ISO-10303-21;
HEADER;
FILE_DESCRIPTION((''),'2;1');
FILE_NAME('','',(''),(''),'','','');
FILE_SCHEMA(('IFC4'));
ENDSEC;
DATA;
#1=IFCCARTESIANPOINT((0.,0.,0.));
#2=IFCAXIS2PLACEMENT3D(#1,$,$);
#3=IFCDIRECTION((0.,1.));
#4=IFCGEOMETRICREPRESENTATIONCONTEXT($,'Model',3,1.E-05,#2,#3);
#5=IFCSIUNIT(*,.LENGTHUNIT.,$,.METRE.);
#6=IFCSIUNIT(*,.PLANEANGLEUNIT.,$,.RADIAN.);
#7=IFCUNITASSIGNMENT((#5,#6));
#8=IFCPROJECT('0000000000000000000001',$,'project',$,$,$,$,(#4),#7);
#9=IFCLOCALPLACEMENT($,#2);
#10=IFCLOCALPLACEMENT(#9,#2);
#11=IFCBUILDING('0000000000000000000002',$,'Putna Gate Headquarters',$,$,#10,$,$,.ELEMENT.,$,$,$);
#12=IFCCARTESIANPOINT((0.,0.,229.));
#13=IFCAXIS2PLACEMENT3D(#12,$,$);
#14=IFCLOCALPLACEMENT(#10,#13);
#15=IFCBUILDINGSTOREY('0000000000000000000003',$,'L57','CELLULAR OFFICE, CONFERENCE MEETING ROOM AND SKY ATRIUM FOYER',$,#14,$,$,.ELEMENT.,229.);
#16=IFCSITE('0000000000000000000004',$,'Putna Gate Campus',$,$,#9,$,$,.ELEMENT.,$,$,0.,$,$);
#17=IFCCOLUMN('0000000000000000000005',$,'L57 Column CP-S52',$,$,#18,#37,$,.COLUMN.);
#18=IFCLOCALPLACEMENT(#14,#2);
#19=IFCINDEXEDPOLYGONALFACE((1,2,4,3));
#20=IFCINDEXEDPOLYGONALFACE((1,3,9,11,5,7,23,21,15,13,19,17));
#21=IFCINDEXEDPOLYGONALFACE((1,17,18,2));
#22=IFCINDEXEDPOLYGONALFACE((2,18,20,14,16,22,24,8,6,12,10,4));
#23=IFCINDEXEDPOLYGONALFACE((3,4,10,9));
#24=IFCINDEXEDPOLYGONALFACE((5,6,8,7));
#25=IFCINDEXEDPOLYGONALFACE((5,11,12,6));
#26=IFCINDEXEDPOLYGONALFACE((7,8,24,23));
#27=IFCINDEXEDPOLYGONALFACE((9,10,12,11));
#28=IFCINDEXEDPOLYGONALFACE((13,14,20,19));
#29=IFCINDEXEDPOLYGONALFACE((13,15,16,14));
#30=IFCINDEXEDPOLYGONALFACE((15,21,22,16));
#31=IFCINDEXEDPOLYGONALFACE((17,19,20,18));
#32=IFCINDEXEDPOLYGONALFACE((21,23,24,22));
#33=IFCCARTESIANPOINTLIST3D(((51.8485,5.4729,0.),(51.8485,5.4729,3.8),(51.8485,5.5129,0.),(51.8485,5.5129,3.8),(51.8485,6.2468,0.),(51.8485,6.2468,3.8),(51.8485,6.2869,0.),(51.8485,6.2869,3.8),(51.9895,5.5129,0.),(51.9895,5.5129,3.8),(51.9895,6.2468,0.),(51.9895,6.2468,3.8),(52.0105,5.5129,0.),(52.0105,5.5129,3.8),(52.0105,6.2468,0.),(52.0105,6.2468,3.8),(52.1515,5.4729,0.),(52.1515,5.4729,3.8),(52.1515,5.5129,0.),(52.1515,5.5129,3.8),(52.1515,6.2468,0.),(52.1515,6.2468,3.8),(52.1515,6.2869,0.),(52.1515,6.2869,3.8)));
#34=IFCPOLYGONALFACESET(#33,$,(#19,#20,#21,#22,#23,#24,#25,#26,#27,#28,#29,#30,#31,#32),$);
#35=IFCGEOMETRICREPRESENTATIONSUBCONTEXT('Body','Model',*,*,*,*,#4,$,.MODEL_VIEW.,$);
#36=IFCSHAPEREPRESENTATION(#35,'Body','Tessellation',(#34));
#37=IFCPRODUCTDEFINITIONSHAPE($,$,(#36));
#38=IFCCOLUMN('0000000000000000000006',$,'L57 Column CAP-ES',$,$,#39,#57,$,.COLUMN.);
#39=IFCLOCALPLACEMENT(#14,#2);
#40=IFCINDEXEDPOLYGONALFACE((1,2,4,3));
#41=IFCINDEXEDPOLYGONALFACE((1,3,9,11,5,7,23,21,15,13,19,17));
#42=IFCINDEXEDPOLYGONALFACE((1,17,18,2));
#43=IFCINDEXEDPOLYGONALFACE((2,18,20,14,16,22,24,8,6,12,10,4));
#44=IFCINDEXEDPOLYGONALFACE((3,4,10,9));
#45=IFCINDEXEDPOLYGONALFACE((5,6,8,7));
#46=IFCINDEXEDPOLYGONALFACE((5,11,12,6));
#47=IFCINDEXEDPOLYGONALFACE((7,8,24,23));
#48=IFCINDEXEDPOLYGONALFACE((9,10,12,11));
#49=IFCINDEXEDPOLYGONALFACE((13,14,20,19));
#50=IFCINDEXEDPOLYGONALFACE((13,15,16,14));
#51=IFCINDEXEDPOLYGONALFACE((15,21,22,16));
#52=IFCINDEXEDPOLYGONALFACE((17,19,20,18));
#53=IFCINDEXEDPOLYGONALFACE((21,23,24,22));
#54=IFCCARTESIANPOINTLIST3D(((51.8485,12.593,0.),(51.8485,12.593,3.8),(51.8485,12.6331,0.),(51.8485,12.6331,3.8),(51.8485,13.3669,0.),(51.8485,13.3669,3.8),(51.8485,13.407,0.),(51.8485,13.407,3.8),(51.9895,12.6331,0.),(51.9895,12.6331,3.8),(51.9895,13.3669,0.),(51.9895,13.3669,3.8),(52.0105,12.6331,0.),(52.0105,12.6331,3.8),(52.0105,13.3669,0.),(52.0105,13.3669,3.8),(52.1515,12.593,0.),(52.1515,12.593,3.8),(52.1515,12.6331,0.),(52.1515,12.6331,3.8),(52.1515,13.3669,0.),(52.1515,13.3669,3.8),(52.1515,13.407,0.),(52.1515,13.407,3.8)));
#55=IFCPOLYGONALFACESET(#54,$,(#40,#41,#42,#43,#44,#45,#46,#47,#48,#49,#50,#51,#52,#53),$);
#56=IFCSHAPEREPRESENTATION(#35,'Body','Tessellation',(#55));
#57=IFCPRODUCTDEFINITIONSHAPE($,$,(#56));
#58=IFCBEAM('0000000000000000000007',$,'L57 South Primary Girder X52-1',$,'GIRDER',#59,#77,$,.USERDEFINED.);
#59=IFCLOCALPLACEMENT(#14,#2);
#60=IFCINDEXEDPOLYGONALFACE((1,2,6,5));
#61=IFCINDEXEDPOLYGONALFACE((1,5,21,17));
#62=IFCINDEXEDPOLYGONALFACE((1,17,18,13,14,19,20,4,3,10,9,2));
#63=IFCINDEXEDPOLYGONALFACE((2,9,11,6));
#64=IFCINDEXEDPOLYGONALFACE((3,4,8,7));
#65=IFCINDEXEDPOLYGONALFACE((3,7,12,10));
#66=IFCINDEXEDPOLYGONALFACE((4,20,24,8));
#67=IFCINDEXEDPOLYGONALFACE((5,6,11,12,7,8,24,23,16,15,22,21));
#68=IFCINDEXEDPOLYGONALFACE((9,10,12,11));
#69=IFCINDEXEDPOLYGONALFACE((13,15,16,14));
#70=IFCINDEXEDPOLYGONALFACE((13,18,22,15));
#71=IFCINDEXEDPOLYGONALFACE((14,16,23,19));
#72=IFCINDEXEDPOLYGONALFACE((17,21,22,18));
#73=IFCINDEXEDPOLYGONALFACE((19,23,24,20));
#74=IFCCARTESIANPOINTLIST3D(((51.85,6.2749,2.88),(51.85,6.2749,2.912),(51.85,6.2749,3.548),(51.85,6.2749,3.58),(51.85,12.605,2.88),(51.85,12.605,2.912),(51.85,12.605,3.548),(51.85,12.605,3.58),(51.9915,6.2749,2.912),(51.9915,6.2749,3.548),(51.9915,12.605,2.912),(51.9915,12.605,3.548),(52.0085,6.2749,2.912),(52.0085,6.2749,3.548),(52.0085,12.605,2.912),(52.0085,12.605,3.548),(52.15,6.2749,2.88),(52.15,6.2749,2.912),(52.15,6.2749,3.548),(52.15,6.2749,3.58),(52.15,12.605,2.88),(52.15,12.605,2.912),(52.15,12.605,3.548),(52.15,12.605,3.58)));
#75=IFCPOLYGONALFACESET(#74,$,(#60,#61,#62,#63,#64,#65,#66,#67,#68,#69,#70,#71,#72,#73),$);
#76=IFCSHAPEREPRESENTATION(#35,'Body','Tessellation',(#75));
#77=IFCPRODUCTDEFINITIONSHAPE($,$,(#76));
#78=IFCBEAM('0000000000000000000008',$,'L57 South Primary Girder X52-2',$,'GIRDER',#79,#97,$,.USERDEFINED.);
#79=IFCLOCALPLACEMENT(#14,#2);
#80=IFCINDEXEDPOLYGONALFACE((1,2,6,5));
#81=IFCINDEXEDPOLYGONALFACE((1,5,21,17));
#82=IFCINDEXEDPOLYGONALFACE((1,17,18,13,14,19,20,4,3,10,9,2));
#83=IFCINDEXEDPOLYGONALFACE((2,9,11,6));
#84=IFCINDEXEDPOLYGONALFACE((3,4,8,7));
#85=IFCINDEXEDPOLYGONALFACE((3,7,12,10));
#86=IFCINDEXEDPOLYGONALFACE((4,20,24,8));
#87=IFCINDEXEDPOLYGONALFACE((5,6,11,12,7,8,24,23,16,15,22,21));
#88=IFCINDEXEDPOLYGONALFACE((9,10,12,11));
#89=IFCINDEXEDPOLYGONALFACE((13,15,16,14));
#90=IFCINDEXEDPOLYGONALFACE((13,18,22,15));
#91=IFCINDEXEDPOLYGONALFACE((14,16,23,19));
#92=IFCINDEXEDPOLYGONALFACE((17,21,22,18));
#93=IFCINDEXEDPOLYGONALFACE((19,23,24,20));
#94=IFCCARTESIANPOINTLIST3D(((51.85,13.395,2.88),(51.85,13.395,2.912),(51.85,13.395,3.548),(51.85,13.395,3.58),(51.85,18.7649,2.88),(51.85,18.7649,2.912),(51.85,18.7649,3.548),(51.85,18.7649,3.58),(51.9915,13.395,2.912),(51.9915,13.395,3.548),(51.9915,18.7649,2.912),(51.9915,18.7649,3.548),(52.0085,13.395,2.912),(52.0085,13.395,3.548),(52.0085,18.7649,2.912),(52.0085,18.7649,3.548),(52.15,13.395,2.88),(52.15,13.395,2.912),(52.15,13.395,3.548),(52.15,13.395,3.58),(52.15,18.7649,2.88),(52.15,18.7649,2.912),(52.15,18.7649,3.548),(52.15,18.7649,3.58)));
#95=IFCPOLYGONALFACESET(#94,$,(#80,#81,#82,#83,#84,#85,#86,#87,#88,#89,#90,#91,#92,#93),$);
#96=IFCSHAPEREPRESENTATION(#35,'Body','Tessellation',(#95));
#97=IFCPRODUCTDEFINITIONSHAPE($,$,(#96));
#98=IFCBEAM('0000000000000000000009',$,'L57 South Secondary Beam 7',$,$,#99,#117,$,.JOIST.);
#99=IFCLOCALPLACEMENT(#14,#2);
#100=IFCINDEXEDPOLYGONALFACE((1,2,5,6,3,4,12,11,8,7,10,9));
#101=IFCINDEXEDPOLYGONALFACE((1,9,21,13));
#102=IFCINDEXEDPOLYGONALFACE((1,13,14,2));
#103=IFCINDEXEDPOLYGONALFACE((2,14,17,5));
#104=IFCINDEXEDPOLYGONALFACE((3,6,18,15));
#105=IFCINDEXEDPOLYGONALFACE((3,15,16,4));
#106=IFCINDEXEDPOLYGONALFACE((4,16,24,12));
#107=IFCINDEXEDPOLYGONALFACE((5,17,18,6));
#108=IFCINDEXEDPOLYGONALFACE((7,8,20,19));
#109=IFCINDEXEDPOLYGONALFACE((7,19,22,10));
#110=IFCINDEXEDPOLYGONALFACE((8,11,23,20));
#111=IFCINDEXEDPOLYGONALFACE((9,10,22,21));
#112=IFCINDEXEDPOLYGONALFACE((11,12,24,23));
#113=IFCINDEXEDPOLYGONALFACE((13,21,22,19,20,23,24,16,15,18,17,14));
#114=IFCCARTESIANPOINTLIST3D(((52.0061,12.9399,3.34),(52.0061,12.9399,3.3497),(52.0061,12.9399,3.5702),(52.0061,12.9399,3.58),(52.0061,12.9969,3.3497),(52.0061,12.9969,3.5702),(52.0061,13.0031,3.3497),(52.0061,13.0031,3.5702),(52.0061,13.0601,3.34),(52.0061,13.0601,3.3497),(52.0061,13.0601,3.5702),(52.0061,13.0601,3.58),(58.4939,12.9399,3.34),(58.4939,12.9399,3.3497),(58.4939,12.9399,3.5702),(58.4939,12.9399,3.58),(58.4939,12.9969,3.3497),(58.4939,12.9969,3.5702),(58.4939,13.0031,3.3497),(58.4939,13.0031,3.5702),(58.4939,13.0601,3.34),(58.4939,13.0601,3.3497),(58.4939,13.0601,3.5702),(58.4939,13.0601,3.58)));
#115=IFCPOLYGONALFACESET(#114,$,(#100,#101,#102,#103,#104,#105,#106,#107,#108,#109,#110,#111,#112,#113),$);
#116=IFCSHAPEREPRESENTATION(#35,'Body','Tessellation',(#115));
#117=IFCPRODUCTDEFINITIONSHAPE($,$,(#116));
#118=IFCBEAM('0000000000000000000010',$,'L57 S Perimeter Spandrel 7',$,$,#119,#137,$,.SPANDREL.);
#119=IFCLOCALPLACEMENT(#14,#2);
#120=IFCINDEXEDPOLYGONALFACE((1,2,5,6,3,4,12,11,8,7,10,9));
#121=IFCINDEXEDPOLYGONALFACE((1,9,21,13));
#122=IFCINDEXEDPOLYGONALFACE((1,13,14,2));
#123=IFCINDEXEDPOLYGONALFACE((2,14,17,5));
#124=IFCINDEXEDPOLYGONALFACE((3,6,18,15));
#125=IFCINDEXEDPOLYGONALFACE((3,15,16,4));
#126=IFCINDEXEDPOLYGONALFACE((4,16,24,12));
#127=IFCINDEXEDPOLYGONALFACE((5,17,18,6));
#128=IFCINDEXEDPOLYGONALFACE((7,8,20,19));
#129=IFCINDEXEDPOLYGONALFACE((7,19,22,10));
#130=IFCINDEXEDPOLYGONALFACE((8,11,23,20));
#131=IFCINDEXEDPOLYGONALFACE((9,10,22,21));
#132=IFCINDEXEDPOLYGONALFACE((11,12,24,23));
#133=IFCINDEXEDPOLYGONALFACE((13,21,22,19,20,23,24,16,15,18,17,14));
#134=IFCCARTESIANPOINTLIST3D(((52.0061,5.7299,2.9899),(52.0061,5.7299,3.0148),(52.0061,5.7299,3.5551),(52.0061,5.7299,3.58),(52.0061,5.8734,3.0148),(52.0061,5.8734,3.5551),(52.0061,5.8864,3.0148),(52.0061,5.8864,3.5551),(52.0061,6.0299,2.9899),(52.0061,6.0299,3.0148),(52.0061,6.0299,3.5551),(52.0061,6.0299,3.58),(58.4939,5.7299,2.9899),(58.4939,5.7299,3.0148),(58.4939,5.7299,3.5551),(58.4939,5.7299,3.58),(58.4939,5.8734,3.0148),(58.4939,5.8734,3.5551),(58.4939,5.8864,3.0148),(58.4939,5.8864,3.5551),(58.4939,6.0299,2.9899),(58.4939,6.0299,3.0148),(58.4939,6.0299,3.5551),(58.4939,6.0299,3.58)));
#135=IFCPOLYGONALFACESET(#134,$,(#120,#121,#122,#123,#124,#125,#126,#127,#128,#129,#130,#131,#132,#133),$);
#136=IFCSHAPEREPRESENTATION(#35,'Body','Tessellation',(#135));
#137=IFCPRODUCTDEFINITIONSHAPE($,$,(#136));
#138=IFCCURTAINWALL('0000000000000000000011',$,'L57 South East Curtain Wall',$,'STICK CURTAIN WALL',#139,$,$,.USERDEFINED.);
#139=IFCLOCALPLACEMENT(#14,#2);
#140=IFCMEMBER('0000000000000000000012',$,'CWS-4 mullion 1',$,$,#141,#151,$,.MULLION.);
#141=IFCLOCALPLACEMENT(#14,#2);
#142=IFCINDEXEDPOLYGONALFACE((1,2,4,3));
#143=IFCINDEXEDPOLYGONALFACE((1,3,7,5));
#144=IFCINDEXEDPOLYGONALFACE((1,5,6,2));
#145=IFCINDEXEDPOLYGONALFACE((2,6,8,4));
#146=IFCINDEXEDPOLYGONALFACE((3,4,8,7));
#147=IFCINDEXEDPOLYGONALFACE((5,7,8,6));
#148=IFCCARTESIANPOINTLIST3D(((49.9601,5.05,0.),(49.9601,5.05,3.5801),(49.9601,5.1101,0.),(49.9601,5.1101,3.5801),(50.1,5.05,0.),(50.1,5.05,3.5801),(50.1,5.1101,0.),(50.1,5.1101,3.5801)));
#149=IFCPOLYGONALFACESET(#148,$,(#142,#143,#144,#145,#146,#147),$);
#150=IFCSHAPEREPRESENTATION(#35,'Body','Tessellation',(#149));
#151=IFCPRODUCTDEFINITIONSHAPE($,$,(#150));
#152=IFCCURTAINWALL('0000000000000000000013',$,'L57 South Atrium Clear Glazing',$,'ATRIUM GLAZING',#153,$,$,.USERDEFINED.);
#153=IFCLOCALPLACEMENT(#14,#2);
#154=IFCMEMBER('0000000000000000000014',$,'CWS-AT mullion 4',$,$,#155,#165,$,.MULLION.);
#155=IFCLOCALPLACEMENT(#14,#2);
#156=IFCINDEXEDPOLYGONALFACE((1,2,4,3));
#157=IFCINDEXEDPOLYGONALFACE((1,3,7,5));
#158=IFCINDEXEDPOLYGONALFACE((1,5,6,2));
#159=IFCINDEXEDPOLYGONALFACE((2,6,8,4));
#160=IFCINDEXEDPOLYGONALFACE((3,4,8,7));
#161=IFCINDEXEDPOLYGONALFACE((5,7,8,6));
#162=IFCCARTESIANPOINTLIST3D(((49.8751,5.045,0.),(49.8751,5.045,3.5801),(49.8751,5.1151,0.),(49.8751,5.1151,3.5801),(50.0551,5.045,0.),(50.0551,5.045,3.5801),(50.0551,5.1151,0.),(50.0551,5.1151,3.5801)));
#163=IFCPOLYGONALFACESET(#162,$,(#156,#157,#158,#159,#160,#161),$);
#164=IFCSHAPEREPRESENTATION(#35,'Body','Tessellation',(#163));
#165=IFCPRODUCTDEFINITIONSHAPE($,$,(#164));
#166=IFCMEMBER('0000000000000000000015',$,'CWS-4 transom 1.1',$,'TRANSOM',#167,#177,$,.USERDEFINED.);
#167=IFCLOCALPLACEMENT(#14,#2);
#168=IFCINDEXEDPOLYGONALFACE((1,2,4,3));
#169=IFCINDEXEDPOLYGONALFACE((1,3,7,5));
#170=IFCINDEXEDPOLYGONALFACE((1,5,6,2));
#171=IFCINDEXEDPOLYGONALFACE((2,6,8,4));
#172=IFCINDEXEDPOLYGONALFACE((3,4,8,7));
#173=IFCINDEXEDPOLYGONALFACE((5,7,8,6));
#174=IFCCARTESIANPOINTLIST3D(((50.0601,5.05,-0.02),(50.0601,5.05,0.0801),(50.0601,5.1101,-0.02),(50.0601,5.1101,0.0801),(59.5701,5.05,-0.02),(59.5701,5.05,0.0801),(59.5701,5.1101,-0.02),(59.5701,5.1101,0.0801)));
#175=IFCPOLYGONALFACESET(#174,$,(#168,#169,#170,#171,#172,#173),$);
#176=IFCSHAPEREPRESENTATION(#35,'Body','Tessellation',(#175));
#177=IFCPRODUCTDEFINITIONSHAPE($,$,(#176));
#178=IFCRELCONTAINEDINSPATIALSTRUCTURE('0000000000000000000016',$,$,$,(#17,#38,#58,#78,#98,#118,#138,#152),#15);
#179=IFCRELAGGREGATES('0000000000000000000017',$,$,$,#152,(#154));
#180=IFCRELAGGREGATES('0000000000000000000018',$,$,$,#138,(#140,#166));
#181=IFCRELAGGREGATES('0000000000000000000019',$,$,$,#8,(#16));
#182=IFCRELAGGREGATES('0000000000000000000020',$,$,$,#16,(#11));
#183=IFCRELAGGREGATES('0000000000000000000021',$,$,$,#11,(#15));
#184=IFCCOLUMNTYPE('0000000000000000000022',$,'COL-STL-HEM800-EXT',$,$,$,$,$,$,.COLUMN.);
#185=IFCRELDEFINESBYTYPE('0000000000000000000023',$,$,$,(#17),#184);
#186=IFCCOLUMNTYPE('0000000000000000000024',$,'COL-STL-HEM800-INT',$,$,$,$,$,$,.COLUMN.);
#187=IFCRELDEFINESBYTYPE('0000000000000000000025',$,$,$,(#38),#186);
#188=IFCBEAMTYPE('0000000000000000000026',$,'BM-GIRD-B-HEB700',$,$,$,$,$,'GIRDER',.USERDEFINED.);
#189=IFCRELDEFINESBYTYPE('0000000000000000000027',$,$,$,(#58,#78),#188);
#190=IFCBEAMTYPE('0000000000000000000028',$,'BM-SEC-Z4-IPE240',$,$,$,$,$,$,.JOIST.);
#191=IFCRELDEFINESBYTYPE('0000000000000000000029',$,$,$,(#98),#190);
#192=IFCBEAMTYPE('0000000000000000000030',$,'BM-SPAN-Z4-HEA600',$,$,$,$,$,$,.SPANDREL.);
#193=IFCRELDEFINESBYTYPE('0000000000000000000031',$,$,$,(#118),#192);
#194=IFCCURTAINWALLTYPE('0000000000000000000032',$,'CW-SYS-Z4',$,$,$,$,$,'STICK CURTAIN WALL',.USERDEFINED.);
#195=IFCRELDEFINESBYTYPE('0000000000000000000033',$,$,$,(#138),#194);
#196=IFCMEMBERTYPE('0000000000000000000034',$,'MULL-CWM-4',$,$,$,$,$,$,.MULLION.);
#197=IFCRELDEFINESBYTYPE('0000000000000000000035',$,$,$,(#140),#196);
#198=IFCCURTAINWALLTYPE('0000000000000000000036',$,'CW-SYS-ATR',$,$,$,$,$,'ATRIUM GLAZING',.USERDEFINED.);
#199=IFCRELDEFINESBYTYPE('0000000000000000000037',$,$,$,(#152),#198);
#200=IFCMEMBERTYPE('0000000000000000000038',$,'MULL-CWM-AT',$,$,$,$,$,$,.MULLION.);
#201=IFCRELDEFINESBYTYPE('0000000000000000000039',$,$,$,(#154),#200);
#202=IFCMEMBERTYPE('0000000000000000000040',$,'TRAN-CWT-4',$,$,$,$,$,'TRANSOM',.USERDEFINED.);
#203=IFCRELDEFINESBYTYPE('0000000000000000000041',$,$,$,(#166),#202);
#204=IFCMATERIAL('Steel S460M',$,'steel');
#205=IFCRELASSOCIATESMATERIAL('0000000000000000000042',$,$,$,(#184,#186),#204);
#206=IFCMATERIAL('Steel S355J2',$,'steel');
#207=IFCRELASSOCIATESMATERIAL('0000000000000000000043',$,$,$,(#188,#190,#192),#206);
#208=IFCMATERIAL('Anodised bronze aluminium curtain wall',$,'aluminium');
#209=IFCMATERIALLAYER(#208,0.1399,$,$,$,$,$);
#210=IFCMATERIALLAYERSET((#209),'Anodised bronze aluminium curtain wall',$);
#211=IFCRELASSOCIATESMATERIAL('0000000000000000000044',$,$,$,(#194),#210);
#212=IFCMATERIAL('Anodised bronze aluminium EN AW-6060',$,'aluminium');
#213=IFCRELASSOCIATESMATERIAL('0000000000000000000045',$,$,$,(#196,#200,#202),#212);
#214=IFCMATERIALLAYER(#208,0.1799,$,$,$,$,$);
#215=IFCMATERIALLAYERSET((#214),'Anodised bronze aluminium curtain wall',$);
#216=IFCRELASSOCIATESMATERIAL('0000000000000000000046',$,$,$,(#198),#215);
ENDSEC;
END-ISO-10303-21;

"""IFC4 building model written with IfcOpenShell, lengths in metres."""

from ifc_helpers import new_model, si_unit, direction, frame, origin, origin_2d, place, context, subcontext, project, spatial, rectangle, i_section, extrude, material, layer, layer_set, material_profile, profile_set, type_object, element, aggregate, save


model = new_model("IFC4")

# Units and contexts
model_context = context("Model", 3, precision=1e-05, world=origin(), true_north=direction((0.0, 1.0)))
body_context = subcontext(model_context, "Body", "Model", "MODEL_VIEW")
ifc_project = project(units=[si_unit("LENGTHUNIT", "METRE"), si_unit("PLANEANGLEUNIT", "RADIAN")], contexts=[model_context])

# Site, building, storey
site_placement = place(None, origin())
site = spatial("IfcSite", under=ifc_project, at=site_placement, Name="Putna Gate Campus", CompositionType="ELEMENT", RefElevation=0.0)
building_placement = place(site_placement, origin())
building = spatial("IfcBuilding", under=site, at=building_placement, Name="Putna Gate Headquarters", CompositionType="ELEMENT")
storey_placement = place(building_placement, frame((0.0, 0.0, 229.0)))
storey = spatial("IfcBuildingStorey", under=building, at=storey_placement, Name="L57", Description="CELLULAR OFFICE, CONFERENCE MEETING ROOM AND SKY ATRIUM FOYER", CompositionType="ELEMENT", Elevation=229.0)

# Columns
ifc_material_1 = material(Name="Steel S460M", Category="steel")
ifc_material_profile_1 = material_profile(ifc_material_1, i_section(OverallWidth=0.303, OverallDepth=0.814, WebThickness=0.021, FlangeThickness=0.04, at=origin_2d()), Name="Steel S460M")
ifc_profile_set_1 = profile_set([ifc_material_profile_1], Name="Steel S460M")
column_type_1 = type_object("IfcColumnType", Name="COL-STL-HEM800-EXT", PredefinedType="COLUMN", material=ifc_profile_set_1)
column_1_placement = place(storey_placement, frame((52.0, 5.8799, 0.0), z_axis=(0.0, 0.0, 1.0), x_axis=(1.0, 0.0, 0.0)))
element("IfcColumn", 1, at=column_1_placement, inside=storey, type_object=column_type_1, Name="L57 Column CP-S52", PredefinedType="COLUMN", context=body_context, shape_type="SweptSolid", body=[
    extrude(i_section(OverallWidth=0.303, OverallDepth=0.814, WebThickness=0.021, FlangeThickness=0.04, at=origin_2d()), origin(), (0.0, 0.0, 1.0), 3.8),
])
ifc_material_profile_2 = material_profile(ifc_material_1, i_section(OverallWidth=0.303, OverallDepth=0.814, WebThickness=0.021, FlangeThickness=0.04, at=origin_2d()), Name="Steel S460M")
ifc_profile_set_2 = profile_set([ifc_material_profile_2], Name="Steel S460M")
column_type_2 = type_object("IfcColumnType", Name="COL-STL-HEM800-INT", PredefinedType="COLUMN", material=ifc_profile_set_2)
column_2_placement = place(storey_placement, frame((52.0, 13.0, 0.0), z_axis=(0.0, 0.0, 1.0), x_axis=(1.0, 0.0, 0.0)))
element("IfcColumn", 2, at=column_2_placement, inside=storey, type_object=column_type_2, Name="L57 Column CAP-ES", PredefinedType="COLUMN", context=body_context, shape_type="SweptSolid", body=[
    extrude(i_section(OverallWidth=0.303, OverallDepth=0.814, WebThickness=0.021, FlangeThickness=0.04, at=origin_2d()), origin(), (0.0, 0.0, 1.0), 3.8),
])

# Beams
ifc_material_2 = material(Name="Steel S355J2", Category="steel")
ifc_material_profile_3 = material_profile(ifc_material_2, i_section(OverallWidth=0.3, OverallDepth=0.7, WebThickness=0.0171, FlangeThickness=0.032, at=origin_2d()), Name="Steel S355J2")
ifc_profile_set_3 = profile_set([ifc_material_profile_3], Name="Steel S355J2")
beam_type_1 = type_object("IfcBeamType", Name="BM-GIRD-B-HEB700", ElementType="GIRDER", PredefinedType="USERDEFINED", material=ifc_profile_set_3)
beam_1_placement = place(storey_placement, frame((52.0, 6.2749, 3.23), z_axis=(0.0, 1.0, 0.0), x_axis=(-1.0, 0.0, 0.0)))
element("IfcBeam", 3, at=beam_1_placement, inside=storey, type_object=beam_type_1, Name="L57 South Primary Girder X52-1", ObjectType="GIRDER", PredefinedType="USERDEFINED", context=body_context, shape_type="SweptSolid", body=[
    extrude(i_section(OverallWidth=0.3, OverallDepth=0.7, WebThickness=0.0171, FlangeThickness=0.032, at=origin_2d()), origin(), (0.0, 0.0, 1.0), 6.3301),
])
beam_2_placement = place(storey_placement, frame((52.0, 13.395, 3.23), z_axis=(0.0, 1.0, 0.0), x_axis=(-1.0, 0.0, 0.0)))
element("IfcBeam", 4, at=beam_2_placement, inside=storey, type_object=beam_type_1, Name="L57 South Primary Girder X52-2", ObjectType="GIRDER", PredefinedType="USERDEFINED", context=body_context, shape_type="SweptSolid", body=[
    extrude(i_section(OverallWidth=0.3, OverallDepth=0.7, WebThickness=0.0171, FlangeThickness=0.032, at=origin_2d()), origin(), (0.0, 0.0, 1.0), 5.3699),
])
ifc_material_profile_4 = material_profile(ifc_material_2, i_section(OverallWidth=0.1201, OverallDepth=0.24, WebThickness=0.0061, FlangeThickness=0.0098, at=origin_2d()), Name="Steel S355J2")
ifc_profile_set_4 = profile_set([ifc_material_profile_4], Name="Steel S355J2")
beam_type_2 = type_object("IfcBeamType", Name="BM-SEC-Z4-IPE240", PredefinedType="JOIST", material=ifc_profile_set_4)
beam_3_placement = place(storey_placement, frame((52.0061, 13.0, 3.46), z_axis=(1.0, 0.0, 0.0), x_axis=(0.0, 1.0, 0.0)))
element("IfcBeam", 5, at=beam_3_placement, inside=storey, type_object=beam_type_2, Name="L57 South Secondary Beam 7", PredefinedType="JOIST", context=body_context, shape_type="SweptSolid", body=[
    extrude(i_section(OverallWidth=0.1201, OverallDepth=0.24, WebThickness=0.0061, FlangeThickness=0.0098, at=origin_2d()), origin(), (0.0, 0.0, 1.0), 6.4878),
])
ifc_material_profile_5 = material_profile(ifc_material_2, i_section(OverallWidth=0.3, OverallDepth=0.5901, WebThickness=0.0129, FlangeThickness=0.0249, at=origin_2d()), Name="Steel S355J2")
ifc_profile_set_5 = profile_set([ifc_material_profile_5], Name="Steel S355J2")
beam_type_3 = type_object("IfcBeamType", Name="BM-SPAN-Z4-HEA600", PredefinedType="SPANDREL", material=ifc_profile_set_5)
beam_4_placement = place(storey_placement, frame((52.0061, 5.8799, 3.2849), z_axis=(1.0, 0.0, 0.0), x_axis=(0.0, 1.0, 0.0)))
element("IfcBeam", 6, at=beam_4_placement, inside=storey, type_object=beam_type_3, Name="L57 S Perimeter Spandrel 7", PredefinedType="SPANDREL", context=body_context, shape_type="SweptSolid", body=[
    extrude(i_section(OverallWidth=0.3, OverallDepth=0.5901, WebThickness=0.0129, FlangeThickness=0.0249, at=origin_2d()), origin(), (0.0, 0.0, 1.0), 6.4878),
])

# Curtain walls, members
ifc_material_3 = material(Name="Anodised bronze aluminium curtain wall", Category="aluminium")
ifc_layer_1 = layer(ifc_material_3, 0.1399)
ifc_layer_set_1 = layer_set([ifc_layer_1], Name="Anodised bronze aluminium curtain wall")
curtain_wall_type_1 = type_object("IfcCurtainWallType", Name="CW-SYS-Z4", ElementType="STICK CURTAIN WALL", PredefinedType="USERDEFINED", material=ifc_layer_set_1)
curtain_wall_1_placement = place(storey_placement, origin())
curtain_wall_1 = element("IfcCurtainWall", 7, at=curtain_wall_1_placement, inside=storey, type_object=curtain_wall_type_1, Name="L57 South East Curtain Wall", ObjectType="STICK CURTAIN WALL", PredefinedType="USERDEFINED")
ifc_material_4 = material(Name="Anodised bronze aluminium EN AW-6060", Category="aluminium")
ifc_material_profile_6 = material_profile(ifc_material_4, rectangle(XDim=0.0601, YDim=0.1399, at=origin_2d()), Name="Anodised bronze aluminium EN AW-6060")
ifc_profile_set_6 = profile_set([ifc_material_profile_6], Name="Anodised bronze aluminium EN AW-6060")
member_type_1 = type_object("IfcMemberType", Name="MULL-CWM-4", PredefinedType="MULLION", material=ifc_profile_set_6)
member_1_placement = place(storey_placement, frame((50.03, 5.0801, 0.0), z_axis=(0.0, 0.0, 1.0), x_axis=(0.0, 1.0, 0.0)))
member_1 = element("IfcMember", 8, at=member_1_placement, type_object=member_type_1, Name="CWS-4 mullion 1", PredefinedType="MULLION", context=body_context, shape_type="SweptSolid", body=[
    extrude(rectangle(XDim=0.0601, YDim=0.1399, at=origin_2d()), origin(), (0.0, 0.0, 1.0), 3.5801),
])
ifc_layer_2 = layer(ifc_material_3, 0.1799)
ifc_layer_set_2 = layer_set([ifc_layer_2], Name="Anodised bronze aluminium curtain wall")
curtain_wall_type_2 = type_object("IfcCurtainWallType", Name="CW-SYS-ATR", ElementType="ATRIUM GLAZING", PredefinedType="USERDEFINED", material=ifc_layer_set_2)
curtain_wall_2_placement = place(storey_placement, origin())
curtain_wall_2 = element("IfcCurtainWall", 9, at=curtain_wall_2_placement, inside=storey, type_object=curtain_wall_type_2, Name="L57 South Atrium Clear Glazing", ObjectType="ATRIUM GLAZING", PredefinedType="USERDEFINED")
ifc_material_profile_7 = material_profile(ifc_material_4, rectangle(XDim=0.0701, YDim=0.1799, at=origin_2d()), Name="Anodised bronze aluminium EN AW-6060")
ifc_profile_set_7 = profile_set([ifc_material_profile_7], Name="Anodised bronze aluminium EN AW-6060")
member_type_2 = type_object("IfcMemberType", Name="MULL-CWM-AT", PredefinedType="MULLION", material=ifc_profile_set_7)
member_2_placement = place(storey_placement, frame((49.9651, 5.0801, 0.0), z_axis=(0.0, 0.0, 1.0), x_axis=(0.0, 1.0, 0.0)))
member_2 = element("IfcMember", 10, at=member_2_placement, type_object=member_type_2, Name="CWS-AT mullion 4", PredefinedType="MULLION", context=body_context, shape_type="SweptSolid", body=[
    extrude(rectangle(XDim=0.0701, YDim=0.1799, at=origin_2d()), origin(), (0.0, 0.0, 1.0), 3.5801),
])
aggregate(curtain_wall_2, [member_2])

# Member
ifc_material_profile_8 = material_profile(ifc_material_4, rectangle(XDim=0.0601, YDim=0.1001, at=origin_2d()), Name="Anodised bronze aluminium EN AW-6060")
ifc_profile_set_8 = profile_set([ifc_material_profile_8], Name="Anodised bronze aluminium EN AW-6060")
member_type_3 = type_object("IfcMemberType", Name="TRAN-CWT-4", ElementType="TRANSOM", PredefinedType="USERDEFINED", material=ifc_profile_set_8)
member_3_placement = place(storey_placement, frame((50.0601, 5.0801, 0.03), z_axis=(1.0, 0.0, 0.0), x_axis=(0.0, 1.0, 0.0)))
member_3 = element("IfcMember", 11, at=member_3_placement, type_object=member_type_3, Name="CWS-4 transom 1.1", ObjectType="TRANSOM", PredefinedType="USERDEFINED", context=body_context, shape_type="SweptSolid", body=[
    extrude(rectangle(XDim=0.0601, YDim=0.1001, at=origin_2d()), origin(), (0.0, 0.0, 1.0), 9.51),
])

aggregate(curtain_wall_1, [member_1, member_3])

save(model, "model.ifc")
